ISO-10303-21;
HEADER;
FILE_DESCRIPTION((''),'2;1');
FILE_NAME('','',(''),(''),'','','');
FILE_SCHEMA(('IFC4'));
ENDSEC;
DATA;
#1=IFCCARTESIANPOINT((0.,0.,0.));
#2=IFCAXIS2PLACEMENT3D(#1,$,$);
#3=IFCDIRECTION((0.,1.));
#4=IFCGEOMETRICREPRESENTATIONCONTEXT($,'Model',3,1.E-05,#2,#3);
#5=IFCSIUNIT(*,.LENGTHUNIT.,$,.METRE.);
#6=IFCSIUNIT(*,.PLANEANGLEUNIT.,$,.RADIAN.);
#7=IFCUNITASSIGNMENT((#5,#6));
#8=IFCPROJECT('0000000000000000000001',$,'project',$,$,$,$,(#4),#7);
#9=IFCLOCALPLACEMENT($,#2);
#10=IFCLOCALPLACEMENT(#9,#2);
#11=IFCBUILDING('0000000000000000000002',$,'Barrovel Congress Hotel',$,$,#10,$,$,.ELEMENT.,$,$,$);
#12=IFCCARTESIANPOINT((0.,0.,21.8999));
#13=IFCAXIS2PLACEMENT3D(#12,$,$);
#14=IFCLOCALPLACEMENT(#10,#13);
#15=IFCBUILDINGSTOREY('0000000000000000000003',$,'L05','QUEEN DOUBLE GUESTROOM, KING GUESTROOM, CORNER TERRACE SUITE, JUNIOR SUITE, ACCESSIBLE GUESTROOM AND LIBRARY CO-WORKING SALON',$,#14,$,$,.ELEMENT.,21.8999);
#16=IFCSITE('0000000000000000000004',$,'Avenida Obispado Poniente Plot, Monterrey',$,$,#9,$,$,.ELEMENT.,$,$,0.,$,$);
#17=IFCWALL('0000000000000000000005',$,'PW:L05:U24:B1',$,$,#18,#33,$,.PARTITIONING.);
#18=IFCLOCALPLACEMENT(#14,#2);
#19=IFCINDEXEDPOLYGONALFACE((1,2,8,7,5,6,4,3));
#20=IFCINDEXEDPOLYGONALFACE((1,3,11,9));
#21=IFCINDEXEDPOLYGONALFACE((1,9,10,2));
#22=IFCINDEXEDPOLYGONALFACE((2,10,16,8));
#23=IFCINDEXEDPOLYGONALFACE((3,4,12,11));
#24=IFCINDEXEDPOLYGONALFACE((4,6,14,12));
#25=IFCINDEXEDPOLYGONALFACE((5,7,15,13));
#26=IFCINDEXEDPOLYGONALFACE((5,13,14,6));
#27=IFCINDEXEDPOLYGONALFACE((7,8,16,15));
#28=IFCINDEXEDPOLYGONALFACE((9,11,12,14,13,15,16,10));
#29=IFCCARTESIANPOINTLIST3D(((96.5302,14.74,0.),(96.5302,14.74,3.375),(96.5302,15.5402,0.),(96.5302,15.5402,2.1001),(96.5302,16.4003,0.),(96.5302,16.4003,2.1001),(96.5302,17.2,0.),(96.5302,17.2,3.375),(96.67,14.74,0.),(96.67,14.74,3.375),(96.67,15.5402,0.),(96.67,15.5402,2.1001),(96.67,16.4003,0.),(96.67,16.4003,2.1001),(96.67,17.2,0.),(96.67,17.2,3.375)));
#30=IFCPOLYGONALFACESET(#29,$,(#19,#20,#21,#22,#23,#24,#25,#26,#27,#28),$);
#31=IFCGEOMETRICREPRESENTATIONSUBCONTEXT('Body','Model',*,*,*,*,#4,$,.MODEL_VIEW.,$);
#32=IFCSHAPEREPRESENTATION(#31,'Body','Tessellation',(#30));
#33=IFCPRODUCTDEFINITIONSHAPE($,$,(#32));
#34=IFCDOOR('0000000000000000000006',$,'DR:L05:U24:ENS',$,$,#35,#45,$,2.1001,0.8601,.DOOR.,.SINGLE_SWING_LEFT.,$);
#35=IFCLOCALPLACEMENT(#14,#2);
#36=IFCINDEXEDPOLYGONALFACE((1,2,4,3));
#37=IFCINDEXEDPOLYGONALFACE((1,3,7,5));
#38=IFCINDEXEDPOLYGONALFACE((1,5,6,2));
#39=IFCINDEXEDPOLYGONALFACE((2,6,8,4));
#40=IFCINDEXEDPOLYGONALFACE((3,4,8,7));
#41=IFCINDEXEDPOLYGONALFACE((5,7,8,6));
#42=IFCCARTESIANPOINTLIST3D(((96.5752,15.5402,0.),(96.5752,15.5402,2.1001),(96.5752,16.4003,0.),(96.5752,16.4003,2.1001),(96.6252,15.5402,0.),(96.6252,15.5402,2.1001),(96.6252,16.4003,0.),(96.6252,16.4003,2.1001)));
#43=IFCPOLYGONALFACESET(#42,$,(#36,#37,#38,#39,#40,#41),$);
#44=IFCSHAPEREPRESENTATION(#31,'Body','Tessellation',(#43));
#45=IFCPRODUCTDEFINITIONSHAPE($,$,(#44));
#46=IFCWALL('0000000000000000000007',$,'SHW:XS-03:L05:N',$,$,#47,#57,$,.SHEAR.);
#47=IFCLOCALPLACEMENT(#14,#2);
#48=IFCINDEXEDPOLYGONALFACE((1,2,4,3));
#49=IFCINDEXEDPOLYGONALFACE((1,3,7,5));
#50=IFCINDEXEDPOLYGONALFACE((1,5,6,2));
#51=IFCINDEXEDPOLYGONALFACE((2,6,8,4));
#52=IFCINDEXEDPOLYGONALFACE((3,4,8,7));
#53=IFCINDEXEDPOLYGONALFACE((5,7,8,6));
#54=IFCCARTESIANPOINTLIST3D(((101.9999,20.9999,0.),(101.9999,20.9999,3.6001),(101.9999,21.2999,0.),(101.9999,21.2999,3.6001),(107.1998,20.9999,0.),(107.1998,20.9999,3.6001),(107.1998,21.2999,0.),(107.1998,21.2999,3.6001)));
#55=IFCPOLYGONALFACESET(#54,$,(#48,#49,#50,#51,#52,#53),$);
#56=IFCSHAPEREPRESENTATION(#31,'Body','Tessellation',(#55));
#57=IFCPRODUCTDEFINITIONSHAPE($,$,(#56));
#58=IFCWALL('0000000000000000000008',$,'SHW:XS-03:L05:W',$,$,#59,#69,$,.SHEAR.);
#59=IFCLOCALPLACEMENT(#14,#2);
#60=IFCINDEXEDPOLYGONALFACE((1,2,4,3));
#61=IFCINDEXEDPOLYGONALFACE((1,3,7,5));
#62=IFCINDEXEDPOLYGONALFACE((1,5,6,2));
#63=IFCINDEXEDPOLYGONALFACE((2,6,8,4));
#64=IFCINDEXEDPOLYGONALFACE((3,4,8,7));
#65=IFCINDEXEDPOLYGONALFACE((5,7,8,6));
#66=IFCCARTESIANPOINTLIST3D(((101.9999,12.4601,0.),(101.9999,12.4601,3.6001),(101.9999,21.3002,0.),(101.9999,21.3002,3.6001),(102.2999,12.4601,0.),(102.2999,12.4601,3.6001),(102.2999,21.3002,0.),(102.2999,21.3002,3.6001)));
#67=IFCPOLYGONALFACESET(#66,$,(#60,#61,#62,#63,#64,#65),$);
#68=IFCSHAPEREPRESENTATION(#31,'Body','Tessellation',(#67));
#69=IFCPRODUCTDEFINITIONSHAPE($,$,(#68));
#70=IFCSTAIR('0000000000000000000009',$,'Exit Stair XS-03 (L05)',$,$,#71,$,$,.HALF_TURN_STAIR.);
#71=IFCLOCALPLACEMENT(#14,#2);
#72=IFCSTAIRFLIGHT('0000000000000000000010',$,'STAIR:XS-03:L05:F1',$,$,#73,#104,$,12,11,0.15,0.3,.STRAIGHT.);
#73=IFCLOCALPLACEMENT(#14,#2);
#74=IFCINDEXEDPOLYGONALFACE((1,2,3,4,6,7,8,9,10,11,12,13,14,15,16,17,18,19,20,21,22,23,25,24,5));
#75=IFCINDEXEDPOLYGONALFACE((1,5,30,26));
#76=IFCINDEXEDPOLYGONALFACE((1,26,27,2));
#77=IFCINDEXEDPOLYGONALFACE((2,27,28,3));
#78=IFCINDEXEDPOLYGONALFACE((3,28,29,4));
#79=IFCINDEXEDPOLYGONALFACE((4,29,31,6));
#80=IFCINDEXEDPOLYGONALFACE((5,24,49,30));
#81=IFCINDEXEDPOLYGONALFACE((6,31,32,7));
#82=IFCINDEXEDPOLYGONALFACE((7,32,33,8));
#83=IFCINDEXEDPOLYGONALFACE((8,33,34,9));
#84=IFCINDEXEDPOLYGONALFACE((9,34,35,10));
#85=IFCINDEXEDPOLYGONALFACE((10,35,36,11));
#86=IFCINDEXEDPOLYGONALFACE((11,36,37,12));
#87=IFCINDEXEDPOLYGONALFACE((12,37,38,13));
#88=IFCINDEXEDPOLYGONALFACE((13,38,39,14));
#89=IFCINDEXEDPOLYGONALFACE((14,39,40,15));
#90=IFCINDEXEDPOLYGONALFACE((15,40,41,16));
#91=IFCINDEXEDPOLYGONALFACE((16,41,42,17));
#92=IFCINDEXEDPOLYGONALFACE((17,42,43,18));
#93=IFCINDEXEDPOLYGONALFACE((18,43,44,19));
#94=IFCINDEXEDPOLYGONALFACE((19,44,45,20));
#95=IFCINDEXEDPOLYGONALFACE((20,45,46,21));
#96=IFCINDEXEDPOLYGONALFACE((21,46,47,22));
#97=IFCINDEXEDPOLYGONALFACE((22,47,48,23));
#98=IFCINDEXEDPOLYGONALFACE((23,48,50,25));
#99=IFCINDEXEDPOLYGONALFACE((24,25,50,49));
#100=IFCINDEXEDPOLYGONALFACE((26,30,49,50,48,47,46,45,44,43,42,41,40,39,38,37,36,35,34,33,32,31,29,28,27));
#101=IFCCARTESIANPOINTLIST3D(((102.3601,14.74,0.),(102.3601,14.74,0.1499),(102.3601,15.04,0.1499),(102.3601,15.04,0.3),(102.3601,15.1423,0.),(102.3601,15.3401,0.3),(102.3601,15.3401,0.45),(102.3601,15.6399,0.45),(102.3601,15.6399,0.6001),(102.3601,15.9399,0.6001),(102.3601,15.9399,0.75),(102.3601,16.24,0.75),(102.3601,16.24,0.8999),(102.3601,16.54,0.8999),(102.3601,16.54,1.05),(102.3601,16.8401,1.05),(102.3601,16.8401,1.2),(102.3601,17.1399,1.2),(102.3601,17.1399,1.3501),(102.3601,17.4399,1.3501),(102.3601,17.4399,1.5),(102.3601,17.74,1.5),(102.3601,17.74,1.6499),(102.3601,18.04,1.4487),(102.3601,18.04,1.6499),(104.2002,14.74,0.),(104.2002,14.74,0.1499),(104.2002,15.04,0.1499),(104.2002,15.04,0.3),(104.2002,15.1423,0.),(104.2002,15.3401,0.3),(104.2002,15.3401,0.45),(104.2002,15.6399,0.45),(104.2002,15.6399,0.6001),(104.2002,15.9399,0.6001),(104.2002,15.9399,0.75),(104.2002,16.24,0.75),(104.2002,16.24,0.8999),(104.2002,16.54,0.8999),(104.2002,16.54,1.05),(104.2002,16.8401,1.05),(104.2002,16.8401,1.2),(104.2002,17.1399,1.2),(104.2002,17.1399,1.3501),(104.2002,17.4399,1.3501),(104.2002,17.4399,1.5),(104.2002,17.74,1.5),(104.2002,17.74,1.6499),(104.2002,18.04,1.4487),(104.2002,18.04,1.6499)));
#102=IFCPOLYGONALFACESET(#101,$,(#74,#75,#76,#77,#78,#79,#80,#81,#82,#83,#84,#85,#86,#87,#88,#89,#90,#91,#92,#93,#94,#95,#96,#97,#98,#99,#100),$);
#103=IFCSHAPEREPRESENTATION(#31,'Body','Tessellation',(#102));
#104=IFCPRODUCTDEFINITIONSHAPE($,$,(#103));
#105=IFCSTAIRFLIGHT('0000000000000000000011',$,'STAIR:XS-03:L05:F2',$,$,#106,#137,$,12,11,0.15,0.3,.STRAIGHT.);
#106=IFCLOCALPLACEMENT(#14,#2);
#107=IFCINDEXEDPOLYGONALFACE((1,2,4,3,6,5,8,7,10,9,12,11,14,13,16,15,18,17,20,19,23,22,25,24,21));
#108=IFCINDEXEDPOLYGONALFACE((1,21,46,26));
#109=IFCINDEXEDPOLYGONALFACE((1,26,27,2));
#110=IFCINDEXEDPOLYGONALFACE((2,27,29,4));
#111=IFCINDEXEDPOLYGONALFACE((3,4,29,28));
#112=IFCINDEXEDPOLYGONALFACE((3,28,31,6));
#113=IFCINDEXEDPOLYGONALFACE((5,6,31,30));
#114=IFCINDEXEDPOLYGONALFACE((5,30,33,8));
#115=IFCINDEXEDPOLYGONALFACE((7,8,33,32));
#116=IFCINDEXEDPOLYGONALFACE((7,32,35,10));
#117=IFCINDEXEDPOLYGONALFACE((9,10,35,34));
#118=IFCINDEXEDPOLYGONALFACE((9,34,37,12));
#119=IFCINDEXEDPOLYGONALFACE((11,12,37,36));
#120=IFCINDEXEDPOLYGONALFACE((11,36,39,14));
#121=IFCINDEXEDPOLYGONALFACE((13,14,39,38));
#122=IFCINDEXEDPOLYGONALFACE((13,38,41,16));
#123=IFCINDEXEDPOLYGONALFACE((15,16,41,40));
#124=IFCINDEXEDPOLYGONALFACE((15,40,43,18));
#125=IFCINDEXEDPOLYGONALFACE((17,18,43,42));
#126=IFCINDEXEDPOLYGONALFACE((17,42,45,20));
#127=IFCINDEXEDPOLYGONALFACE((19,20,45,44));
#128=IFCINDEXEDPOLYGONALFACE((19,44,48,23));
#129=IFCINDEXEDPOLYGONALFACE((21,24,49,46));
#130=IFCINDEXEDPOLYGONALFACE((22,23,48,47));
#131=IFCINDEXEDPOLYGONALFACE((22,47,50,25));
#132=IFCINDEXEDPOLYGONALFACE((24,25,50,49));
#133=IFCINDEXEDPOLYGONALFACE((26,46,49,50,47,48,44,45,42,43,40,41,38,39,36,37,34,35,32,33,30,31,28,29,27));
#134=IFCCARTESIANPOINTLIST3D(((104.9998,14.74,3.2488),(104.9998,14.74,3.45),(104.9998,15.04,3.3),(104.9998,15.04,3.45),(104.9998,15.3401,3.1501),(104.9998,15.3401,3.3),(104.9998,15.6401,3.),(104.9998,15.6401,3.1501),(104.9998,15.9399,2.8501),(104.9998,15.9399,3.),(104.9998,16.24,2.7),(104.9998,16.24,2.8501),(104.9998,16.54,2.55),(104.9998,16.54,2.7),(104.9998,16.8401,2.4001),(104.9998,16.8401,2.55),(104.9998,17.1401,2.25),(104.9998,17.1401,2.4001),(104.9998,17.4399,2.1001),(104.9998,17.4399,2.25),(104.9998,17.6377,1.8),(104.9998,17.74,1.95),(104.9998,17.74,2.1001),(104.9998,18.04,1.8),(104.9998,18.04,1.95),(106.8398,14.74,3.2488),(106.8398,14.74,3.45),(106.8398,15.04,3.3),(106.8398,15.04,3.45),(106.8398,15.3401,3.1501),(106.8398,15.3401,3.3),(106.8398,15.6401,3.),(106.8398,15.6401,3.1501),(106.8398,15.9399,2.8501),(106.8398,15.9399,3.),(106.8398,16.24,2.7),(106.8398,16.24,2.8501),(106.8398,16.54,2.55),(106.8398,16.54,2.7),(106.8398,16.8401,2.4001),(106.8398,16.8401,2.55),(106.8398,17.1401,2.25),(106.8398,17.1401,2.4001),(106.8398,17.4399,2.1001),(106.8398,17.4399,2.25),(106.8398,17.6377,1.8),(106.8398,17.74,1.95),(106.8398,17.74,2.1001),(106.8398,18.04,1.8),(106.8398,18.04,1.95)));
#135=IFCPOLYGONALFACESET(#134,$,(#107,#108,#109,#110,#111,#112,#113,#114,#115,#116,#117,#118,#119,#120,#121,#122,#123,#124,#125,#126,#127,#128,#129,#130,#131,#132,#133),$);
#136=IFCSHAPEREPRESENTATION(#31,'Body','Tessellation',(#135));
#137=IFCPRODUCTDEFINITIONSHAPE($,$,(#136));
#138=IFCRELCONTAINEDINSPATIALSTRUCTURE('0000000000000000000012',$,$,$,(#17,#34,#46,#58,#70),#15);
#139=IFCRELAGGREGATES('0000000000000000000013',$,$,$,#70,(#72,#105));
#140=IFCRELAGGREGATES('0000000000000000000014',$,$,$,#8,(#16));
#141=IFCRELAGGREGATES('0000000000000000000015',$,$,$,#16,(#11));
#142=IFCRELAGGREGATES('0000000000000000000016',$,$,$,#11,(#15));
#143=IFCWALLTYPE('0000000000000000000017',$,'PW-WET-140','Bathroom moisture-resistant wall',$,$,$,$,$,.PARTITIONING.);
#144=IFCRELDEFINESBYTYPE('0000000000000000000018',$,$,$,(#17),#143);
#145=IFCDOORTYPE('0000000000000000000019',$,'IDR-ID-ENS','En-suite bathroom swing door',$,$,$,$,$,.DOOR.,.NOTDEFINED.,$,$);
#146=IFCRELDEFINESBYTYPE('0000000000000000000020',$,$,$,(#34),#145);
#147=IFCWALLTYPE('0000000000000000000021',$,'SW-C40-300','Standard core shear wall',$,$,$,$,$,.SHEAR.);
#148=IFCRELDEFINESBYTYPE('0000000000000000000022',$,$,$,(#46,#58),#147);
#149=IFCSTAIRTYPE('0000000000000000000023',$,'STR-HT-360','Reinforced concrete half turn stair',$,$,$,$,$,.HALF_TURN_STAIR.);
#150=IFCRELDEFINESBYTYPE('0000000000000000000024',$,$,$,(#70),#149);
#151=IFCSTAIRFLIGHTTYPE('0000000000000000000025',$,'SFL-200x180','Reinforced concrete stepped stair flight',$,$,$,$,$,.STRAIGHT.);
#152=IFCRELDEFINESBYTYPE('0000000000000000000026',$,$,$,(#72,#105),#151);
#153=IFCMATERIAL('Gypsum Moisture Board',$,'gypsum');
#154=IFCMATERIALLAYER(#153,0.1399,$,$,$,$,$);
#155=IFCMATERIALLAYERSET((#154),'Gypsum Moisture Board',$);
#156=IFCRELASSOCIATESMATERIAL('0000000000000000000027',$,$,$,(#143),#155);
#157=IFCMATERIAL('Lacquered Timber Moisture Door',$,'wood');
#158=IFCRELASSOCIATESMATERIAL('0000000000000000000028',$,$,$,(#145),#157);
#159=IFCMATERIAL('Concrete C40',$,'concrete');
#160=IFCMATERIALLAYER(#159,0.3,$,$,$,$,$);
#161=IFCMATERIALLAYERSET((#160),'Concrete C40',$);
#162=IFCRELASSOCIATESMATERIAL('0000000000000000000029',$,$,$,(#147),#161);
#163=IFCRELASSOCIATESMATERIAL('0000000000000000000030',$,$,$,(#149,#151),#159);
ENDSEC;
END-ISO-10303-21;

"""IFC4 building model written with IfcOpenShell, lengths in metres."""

from ifc_helpers import new_model, si_unit, direction, frame, frame_2d, origin, place, context, subcontext, project, spatial, polyline, rectangle, outline, extrude, material, layer, layer_set, type_object, element, fill, aggregate, save


model = new_model("IFC4")

# Units and contexts
model_context = context("Model", 3, precision=1e-05, world=origin(), true_north=direction((0.0, 1.0)))
body_context = subcontext(model_context, "Body", "Model", "MODEL_VIEW")
ifc_project = project(units=[si_unit("LENGTHUNIT", "METRE"), si_unit("PLANEANGLEUNIT", "RADIAN")], contexts=[model_context])

# Site, building, storey
site_placement = place(None, origin())
site = spatial("IfcSite", under=ifc_project, at=site_placement, Name="Avenida Obispado Poniente Plot, Monterrey", CompositionType="ELEMENT", RefElevation=0.0)
building_placement = place(site_placement, origin())
building = spatial("IfcBuilding", under=site, at=building_placement, Name="Barrovel Congress Hotel", CompositionType="ELEMENT")
storey_placement = place(building_placement, frame((0.0, 0.0, 21.8999)))
storey = spatial("IfcBuildingStorey", under=building, at=storey_placement, Name="L05", Description="QUEEN DOUBLE GUESTROOM, KING GUESTROOM, CORNER TERRACE SUITE, JUNIOR SUITE, ACCESSIBLE GUESTROOM AND LIBRARY CO-WORKING SALON", CompositionType="ELEMENT", Elevation=21.8999)

# Shared definitions
ifc_material_1 = material(Name="Concrete C40", Category="concrete")

# Wall, opening, door
ifc_material_2 = material(Name="Gypsum Moisture Board", Category="gypsum")
ifc_layer_1 = layer(ifc_material_2, 0.1399)
ifc_layer_set_1 = layer_set([ifc_layer_1], Name="Gypsum Moisture Board")
wall_type_1 = type_object("IfcWallType", Name="PW-WET-140", Description="Bathroom moisture-resistant wall", PredefinedType="PARTITIONING", material=ifc_layer_set_1)
wall_1_placement = place(storey_placement, frame((96.6001, 14.74, 0.0), z_axis=(0.0, 0.0, 1.0), x_axis=(0.0, 1.0, 0.0)))
wall_1 = element("IfcWall", 1, at=wall_1_placement, inside=storey, type_object=wall_type_1, Name="PW:L05:U24:B1", PredefinedType="PARTITIONING", context=body_context, shape_type="SweptSolid", body=[
    extrude(rectangle(XDim=2.46, YDim=0.1399, at=frame_2d((1.23, 0.0))), origin(), (0.0, 0.0, 1.0), 3.375),
])
opening_1_placement = place(wall_1_placement, frame((0.8, 0.0, 0.0)))
opening_1 = element("IfcOpeningElement", 2, at=opening_1_placement, cuts=wall_1, PredefinedType="OPENING", context=body_context, shape_type="SweptSolid", body=[
    extrude(rectangle(XDim=0.8601, YDim=2.1001, at=frame_2d((0.4302, 1.05))), frame((0.0, 0.0801, 0.0), z_axis=(0.0, -1.0, 0.0), x_axis=(1.0, 0.0, 0.0)), (0.0, 0.0, 1.0), 0.1599),
])
ifc_material_3 = material(Name="Lacquered Timber Moisture Door", Category="wood")
door_type_1 = type_object("IfcDoorType", Name="IDR-ID-ENS", Description="En-suite bathroom swing door", OperationType="NOTDEFINED", PredefinedType="DOOR", material=ifc_material_3)
door_1_placement = place(opening_1_placement, origin())
door_1 = element("IfcDoor", 3, at=door_1_placement, inside=storey, type_object=door_type_1, Name="DR:L05:U24:ENS", OperationType="SINGLE_SWING_LEFT", OverallHeight=2.1001, OverallWidth=0.8601, PredefinedType="DOOR", context=body_context, shape_type="SweptSolid", body=[
    extrude(rectangle(XDim=0.8601, YDim=2.1001, at=frame_2d((0.4302, 1.05))), frame((0.0, 0.0249, 0.0), z_axis=(0.0, -1.0, 0.0), x_axis=(1.0, 0.0, 0.0)), (0.0, 0.0, 1.0), 0.05),
])
fill(opening_1, door_1)

# Walls
ifc_layer_2 = layer(ifc_material_1, 0.3)
ifc_layer_set_2 = layer_set([ifc_layer_2], Name="Concrete C40")
wall_type_2 = type_object("IfcWallType", Name="SW-C40-300", Description="Standard core shear wall", PredefinedType="SHEAR", material=ifc_layer_set_2)
wall_2_placement = place(storey_placement, frame((107.2, 21.1499, 0.0), z_axis=(0.0, 0.0, 1.0), x_axis=(-1.0, 0.0, 0.0)))
element("IfcWall", 4, at=wall_2_placement, inside=storey, type_object=wall_type_2, Name="SHW:XS-03:L05:N", PredefinedType="SHEAR", context=body_context, shape_type="SweptSolid", body=[
    extrude(rectangle(XDim=5.2, YDim=0.3, at=frame_2d((2.6001, 0.0))), origin(), (0.0, 0.0, 1.0), 3.6001),
])
wall_3_placement = place(storey_placement, frame((102.1499, 21.3, 0.0), z_axis=(0.0, 0.0, 1.0), x_axis=(0.0, -1.0, 0.0)))
element("IfcWall", 5, at=wall_3_placement, inside=storey, type_object=wall_type_2, Name="SHW:XS-03:L05:W", PredefinedType="SHEAR", context=body_context, shape_type="SweptSolid", body=[
    extrude(rectangle(XDim=8.8401, YDim=0.3, at=frame_2d((4.4199, 0.0))), origin(), (0.0, 0.0, 1.0), 3.6001),
])

# Stair, stair flights
stair_type = type_object("IfcStairType", Name="STR-HT-360", Description="Reinforced concrete half turn stair", PredefinedType="HALF_TURN_STAIR", material=ifc_material_1)
stair_placement = place(storey_placement, origin())
stair = element("IfcStair", 6, at=stair_placement, inside=storey, type_object=stair_type, Name="Exit Stair XS-03 (L05)", PredefinedType="HALF_TURN_STAIR")
stair_flight_type = type_object("IfcStairFlightType", Name="SFL-200x180", Description="Reinforced concrete stepped stair flight", PredefinedType="STRAIGHT", material=ifc_material_1)
stair_flight_1_placement = place(storey_placement, frame((103.28, 14.74, 0.0), z_axis=(0.0, 0.0, 1.0), x_axis=(0.0, 1.0, 0.0)))
stair_flight_1 = element("IfcStairFlight", 7, at=stair_flight_1_placement, type_object=stair_flight_type, Name="STAIR:XS-03:L05:F1", NumberOfRisers=12, NumberOfTreads=11, PredefinedType="STRAIGHT", RiserHeight=0.15, TreadLength=0.3, context=body_context, shape_type="SweptSolid", body=[
    extrude(outline(polyline([(0.0, 0.0), (0.0, 0.1499), (0.3, 0.1499), (0.3, 0.3), (0.6001, 0.3), (0.6001, 0.45), (0.8999, 0.45), (0.8999, 0.6001), (1.2, 0.6001), (1.2, 0.75), (1.5, 0.75), (1.5, 0.8999), (1.8, 0.8999), (1.8, 1.05), (2.1001, 1.05), (2.1001, 1.2), (2.3999, 1.2), (2.3999, 1.3501), (2.7, 1.3501), (2.7, 1.5), (3.0, 1.5), (3.0, 1.6499), (3.3, 1.6499), (3.3, 1.8), (3.3, 1.4487), (0.4023, 0.0), (0.0, 0.0)])), frame((0.0, 0.9199, 0.0), z_axis=(0.0, -1.0, 0.0), x_axis=(1.0, 0.0, 0.0)), (0.0, 0.0, 1.0), 1.8401),
])
stair_flight_2_placement = place(storey_placement, frame((105.9199, 18.04, 1.8), z_axis=(0.0, 0.0, 1.0), x_axis=(0.0, -1.0, 0.0)))
stair_flight_2 = element("IfcStairFlight", 8, at=stair_flight_2_placement, type_object=stair_flight_type, Name="STAIR:XS-03:L05:F2", NumberOfRisers=12, NumberOfTreads=11, PredefinedType="STRAIGHT", RiserHeight=0.15, TreadLength=0.3, context=body_context, shape_type="SweptSolid", body=[
    extrude(outline(polyline([(0.0, 0.0), (0.0, 0.1499), (0.3, 0.1499), (0.3, 0.3), (0.6001, 0.3), (0.6001, 0.45), (0.8999, 0.45), (0.8999, 0.6001), (1.2, 0.6001), (1.2, 0.75), (1.5, 0.75), (1.5, 0.8999), (1.8, 0.8999), (1.8, 1.05), (2.1001, 1.05), (2.1001, 1.2), (2.3999, 1.2), (2.3999, 1.3501), (2.7, 1.3501), (2.7, 1.5), (3.0, 1.5), (3.0, 1.6499), (3.3, 1.6499), (3.3, 1.8), (3.3, 1.4487), (0.4023, 0.0), (0.0, 0.0)])), frame((0.0, 0.9199, 0.0), z_axis=(0.0, -1.0, 0.0), x_axis=(1.0, 0.0, 0.0)), (0.0, 0.0, 1.0), 1.8401),
])
aggregate(stair, [stair_flight_1, stair_flight_2])

save(model, "model.ifc")
